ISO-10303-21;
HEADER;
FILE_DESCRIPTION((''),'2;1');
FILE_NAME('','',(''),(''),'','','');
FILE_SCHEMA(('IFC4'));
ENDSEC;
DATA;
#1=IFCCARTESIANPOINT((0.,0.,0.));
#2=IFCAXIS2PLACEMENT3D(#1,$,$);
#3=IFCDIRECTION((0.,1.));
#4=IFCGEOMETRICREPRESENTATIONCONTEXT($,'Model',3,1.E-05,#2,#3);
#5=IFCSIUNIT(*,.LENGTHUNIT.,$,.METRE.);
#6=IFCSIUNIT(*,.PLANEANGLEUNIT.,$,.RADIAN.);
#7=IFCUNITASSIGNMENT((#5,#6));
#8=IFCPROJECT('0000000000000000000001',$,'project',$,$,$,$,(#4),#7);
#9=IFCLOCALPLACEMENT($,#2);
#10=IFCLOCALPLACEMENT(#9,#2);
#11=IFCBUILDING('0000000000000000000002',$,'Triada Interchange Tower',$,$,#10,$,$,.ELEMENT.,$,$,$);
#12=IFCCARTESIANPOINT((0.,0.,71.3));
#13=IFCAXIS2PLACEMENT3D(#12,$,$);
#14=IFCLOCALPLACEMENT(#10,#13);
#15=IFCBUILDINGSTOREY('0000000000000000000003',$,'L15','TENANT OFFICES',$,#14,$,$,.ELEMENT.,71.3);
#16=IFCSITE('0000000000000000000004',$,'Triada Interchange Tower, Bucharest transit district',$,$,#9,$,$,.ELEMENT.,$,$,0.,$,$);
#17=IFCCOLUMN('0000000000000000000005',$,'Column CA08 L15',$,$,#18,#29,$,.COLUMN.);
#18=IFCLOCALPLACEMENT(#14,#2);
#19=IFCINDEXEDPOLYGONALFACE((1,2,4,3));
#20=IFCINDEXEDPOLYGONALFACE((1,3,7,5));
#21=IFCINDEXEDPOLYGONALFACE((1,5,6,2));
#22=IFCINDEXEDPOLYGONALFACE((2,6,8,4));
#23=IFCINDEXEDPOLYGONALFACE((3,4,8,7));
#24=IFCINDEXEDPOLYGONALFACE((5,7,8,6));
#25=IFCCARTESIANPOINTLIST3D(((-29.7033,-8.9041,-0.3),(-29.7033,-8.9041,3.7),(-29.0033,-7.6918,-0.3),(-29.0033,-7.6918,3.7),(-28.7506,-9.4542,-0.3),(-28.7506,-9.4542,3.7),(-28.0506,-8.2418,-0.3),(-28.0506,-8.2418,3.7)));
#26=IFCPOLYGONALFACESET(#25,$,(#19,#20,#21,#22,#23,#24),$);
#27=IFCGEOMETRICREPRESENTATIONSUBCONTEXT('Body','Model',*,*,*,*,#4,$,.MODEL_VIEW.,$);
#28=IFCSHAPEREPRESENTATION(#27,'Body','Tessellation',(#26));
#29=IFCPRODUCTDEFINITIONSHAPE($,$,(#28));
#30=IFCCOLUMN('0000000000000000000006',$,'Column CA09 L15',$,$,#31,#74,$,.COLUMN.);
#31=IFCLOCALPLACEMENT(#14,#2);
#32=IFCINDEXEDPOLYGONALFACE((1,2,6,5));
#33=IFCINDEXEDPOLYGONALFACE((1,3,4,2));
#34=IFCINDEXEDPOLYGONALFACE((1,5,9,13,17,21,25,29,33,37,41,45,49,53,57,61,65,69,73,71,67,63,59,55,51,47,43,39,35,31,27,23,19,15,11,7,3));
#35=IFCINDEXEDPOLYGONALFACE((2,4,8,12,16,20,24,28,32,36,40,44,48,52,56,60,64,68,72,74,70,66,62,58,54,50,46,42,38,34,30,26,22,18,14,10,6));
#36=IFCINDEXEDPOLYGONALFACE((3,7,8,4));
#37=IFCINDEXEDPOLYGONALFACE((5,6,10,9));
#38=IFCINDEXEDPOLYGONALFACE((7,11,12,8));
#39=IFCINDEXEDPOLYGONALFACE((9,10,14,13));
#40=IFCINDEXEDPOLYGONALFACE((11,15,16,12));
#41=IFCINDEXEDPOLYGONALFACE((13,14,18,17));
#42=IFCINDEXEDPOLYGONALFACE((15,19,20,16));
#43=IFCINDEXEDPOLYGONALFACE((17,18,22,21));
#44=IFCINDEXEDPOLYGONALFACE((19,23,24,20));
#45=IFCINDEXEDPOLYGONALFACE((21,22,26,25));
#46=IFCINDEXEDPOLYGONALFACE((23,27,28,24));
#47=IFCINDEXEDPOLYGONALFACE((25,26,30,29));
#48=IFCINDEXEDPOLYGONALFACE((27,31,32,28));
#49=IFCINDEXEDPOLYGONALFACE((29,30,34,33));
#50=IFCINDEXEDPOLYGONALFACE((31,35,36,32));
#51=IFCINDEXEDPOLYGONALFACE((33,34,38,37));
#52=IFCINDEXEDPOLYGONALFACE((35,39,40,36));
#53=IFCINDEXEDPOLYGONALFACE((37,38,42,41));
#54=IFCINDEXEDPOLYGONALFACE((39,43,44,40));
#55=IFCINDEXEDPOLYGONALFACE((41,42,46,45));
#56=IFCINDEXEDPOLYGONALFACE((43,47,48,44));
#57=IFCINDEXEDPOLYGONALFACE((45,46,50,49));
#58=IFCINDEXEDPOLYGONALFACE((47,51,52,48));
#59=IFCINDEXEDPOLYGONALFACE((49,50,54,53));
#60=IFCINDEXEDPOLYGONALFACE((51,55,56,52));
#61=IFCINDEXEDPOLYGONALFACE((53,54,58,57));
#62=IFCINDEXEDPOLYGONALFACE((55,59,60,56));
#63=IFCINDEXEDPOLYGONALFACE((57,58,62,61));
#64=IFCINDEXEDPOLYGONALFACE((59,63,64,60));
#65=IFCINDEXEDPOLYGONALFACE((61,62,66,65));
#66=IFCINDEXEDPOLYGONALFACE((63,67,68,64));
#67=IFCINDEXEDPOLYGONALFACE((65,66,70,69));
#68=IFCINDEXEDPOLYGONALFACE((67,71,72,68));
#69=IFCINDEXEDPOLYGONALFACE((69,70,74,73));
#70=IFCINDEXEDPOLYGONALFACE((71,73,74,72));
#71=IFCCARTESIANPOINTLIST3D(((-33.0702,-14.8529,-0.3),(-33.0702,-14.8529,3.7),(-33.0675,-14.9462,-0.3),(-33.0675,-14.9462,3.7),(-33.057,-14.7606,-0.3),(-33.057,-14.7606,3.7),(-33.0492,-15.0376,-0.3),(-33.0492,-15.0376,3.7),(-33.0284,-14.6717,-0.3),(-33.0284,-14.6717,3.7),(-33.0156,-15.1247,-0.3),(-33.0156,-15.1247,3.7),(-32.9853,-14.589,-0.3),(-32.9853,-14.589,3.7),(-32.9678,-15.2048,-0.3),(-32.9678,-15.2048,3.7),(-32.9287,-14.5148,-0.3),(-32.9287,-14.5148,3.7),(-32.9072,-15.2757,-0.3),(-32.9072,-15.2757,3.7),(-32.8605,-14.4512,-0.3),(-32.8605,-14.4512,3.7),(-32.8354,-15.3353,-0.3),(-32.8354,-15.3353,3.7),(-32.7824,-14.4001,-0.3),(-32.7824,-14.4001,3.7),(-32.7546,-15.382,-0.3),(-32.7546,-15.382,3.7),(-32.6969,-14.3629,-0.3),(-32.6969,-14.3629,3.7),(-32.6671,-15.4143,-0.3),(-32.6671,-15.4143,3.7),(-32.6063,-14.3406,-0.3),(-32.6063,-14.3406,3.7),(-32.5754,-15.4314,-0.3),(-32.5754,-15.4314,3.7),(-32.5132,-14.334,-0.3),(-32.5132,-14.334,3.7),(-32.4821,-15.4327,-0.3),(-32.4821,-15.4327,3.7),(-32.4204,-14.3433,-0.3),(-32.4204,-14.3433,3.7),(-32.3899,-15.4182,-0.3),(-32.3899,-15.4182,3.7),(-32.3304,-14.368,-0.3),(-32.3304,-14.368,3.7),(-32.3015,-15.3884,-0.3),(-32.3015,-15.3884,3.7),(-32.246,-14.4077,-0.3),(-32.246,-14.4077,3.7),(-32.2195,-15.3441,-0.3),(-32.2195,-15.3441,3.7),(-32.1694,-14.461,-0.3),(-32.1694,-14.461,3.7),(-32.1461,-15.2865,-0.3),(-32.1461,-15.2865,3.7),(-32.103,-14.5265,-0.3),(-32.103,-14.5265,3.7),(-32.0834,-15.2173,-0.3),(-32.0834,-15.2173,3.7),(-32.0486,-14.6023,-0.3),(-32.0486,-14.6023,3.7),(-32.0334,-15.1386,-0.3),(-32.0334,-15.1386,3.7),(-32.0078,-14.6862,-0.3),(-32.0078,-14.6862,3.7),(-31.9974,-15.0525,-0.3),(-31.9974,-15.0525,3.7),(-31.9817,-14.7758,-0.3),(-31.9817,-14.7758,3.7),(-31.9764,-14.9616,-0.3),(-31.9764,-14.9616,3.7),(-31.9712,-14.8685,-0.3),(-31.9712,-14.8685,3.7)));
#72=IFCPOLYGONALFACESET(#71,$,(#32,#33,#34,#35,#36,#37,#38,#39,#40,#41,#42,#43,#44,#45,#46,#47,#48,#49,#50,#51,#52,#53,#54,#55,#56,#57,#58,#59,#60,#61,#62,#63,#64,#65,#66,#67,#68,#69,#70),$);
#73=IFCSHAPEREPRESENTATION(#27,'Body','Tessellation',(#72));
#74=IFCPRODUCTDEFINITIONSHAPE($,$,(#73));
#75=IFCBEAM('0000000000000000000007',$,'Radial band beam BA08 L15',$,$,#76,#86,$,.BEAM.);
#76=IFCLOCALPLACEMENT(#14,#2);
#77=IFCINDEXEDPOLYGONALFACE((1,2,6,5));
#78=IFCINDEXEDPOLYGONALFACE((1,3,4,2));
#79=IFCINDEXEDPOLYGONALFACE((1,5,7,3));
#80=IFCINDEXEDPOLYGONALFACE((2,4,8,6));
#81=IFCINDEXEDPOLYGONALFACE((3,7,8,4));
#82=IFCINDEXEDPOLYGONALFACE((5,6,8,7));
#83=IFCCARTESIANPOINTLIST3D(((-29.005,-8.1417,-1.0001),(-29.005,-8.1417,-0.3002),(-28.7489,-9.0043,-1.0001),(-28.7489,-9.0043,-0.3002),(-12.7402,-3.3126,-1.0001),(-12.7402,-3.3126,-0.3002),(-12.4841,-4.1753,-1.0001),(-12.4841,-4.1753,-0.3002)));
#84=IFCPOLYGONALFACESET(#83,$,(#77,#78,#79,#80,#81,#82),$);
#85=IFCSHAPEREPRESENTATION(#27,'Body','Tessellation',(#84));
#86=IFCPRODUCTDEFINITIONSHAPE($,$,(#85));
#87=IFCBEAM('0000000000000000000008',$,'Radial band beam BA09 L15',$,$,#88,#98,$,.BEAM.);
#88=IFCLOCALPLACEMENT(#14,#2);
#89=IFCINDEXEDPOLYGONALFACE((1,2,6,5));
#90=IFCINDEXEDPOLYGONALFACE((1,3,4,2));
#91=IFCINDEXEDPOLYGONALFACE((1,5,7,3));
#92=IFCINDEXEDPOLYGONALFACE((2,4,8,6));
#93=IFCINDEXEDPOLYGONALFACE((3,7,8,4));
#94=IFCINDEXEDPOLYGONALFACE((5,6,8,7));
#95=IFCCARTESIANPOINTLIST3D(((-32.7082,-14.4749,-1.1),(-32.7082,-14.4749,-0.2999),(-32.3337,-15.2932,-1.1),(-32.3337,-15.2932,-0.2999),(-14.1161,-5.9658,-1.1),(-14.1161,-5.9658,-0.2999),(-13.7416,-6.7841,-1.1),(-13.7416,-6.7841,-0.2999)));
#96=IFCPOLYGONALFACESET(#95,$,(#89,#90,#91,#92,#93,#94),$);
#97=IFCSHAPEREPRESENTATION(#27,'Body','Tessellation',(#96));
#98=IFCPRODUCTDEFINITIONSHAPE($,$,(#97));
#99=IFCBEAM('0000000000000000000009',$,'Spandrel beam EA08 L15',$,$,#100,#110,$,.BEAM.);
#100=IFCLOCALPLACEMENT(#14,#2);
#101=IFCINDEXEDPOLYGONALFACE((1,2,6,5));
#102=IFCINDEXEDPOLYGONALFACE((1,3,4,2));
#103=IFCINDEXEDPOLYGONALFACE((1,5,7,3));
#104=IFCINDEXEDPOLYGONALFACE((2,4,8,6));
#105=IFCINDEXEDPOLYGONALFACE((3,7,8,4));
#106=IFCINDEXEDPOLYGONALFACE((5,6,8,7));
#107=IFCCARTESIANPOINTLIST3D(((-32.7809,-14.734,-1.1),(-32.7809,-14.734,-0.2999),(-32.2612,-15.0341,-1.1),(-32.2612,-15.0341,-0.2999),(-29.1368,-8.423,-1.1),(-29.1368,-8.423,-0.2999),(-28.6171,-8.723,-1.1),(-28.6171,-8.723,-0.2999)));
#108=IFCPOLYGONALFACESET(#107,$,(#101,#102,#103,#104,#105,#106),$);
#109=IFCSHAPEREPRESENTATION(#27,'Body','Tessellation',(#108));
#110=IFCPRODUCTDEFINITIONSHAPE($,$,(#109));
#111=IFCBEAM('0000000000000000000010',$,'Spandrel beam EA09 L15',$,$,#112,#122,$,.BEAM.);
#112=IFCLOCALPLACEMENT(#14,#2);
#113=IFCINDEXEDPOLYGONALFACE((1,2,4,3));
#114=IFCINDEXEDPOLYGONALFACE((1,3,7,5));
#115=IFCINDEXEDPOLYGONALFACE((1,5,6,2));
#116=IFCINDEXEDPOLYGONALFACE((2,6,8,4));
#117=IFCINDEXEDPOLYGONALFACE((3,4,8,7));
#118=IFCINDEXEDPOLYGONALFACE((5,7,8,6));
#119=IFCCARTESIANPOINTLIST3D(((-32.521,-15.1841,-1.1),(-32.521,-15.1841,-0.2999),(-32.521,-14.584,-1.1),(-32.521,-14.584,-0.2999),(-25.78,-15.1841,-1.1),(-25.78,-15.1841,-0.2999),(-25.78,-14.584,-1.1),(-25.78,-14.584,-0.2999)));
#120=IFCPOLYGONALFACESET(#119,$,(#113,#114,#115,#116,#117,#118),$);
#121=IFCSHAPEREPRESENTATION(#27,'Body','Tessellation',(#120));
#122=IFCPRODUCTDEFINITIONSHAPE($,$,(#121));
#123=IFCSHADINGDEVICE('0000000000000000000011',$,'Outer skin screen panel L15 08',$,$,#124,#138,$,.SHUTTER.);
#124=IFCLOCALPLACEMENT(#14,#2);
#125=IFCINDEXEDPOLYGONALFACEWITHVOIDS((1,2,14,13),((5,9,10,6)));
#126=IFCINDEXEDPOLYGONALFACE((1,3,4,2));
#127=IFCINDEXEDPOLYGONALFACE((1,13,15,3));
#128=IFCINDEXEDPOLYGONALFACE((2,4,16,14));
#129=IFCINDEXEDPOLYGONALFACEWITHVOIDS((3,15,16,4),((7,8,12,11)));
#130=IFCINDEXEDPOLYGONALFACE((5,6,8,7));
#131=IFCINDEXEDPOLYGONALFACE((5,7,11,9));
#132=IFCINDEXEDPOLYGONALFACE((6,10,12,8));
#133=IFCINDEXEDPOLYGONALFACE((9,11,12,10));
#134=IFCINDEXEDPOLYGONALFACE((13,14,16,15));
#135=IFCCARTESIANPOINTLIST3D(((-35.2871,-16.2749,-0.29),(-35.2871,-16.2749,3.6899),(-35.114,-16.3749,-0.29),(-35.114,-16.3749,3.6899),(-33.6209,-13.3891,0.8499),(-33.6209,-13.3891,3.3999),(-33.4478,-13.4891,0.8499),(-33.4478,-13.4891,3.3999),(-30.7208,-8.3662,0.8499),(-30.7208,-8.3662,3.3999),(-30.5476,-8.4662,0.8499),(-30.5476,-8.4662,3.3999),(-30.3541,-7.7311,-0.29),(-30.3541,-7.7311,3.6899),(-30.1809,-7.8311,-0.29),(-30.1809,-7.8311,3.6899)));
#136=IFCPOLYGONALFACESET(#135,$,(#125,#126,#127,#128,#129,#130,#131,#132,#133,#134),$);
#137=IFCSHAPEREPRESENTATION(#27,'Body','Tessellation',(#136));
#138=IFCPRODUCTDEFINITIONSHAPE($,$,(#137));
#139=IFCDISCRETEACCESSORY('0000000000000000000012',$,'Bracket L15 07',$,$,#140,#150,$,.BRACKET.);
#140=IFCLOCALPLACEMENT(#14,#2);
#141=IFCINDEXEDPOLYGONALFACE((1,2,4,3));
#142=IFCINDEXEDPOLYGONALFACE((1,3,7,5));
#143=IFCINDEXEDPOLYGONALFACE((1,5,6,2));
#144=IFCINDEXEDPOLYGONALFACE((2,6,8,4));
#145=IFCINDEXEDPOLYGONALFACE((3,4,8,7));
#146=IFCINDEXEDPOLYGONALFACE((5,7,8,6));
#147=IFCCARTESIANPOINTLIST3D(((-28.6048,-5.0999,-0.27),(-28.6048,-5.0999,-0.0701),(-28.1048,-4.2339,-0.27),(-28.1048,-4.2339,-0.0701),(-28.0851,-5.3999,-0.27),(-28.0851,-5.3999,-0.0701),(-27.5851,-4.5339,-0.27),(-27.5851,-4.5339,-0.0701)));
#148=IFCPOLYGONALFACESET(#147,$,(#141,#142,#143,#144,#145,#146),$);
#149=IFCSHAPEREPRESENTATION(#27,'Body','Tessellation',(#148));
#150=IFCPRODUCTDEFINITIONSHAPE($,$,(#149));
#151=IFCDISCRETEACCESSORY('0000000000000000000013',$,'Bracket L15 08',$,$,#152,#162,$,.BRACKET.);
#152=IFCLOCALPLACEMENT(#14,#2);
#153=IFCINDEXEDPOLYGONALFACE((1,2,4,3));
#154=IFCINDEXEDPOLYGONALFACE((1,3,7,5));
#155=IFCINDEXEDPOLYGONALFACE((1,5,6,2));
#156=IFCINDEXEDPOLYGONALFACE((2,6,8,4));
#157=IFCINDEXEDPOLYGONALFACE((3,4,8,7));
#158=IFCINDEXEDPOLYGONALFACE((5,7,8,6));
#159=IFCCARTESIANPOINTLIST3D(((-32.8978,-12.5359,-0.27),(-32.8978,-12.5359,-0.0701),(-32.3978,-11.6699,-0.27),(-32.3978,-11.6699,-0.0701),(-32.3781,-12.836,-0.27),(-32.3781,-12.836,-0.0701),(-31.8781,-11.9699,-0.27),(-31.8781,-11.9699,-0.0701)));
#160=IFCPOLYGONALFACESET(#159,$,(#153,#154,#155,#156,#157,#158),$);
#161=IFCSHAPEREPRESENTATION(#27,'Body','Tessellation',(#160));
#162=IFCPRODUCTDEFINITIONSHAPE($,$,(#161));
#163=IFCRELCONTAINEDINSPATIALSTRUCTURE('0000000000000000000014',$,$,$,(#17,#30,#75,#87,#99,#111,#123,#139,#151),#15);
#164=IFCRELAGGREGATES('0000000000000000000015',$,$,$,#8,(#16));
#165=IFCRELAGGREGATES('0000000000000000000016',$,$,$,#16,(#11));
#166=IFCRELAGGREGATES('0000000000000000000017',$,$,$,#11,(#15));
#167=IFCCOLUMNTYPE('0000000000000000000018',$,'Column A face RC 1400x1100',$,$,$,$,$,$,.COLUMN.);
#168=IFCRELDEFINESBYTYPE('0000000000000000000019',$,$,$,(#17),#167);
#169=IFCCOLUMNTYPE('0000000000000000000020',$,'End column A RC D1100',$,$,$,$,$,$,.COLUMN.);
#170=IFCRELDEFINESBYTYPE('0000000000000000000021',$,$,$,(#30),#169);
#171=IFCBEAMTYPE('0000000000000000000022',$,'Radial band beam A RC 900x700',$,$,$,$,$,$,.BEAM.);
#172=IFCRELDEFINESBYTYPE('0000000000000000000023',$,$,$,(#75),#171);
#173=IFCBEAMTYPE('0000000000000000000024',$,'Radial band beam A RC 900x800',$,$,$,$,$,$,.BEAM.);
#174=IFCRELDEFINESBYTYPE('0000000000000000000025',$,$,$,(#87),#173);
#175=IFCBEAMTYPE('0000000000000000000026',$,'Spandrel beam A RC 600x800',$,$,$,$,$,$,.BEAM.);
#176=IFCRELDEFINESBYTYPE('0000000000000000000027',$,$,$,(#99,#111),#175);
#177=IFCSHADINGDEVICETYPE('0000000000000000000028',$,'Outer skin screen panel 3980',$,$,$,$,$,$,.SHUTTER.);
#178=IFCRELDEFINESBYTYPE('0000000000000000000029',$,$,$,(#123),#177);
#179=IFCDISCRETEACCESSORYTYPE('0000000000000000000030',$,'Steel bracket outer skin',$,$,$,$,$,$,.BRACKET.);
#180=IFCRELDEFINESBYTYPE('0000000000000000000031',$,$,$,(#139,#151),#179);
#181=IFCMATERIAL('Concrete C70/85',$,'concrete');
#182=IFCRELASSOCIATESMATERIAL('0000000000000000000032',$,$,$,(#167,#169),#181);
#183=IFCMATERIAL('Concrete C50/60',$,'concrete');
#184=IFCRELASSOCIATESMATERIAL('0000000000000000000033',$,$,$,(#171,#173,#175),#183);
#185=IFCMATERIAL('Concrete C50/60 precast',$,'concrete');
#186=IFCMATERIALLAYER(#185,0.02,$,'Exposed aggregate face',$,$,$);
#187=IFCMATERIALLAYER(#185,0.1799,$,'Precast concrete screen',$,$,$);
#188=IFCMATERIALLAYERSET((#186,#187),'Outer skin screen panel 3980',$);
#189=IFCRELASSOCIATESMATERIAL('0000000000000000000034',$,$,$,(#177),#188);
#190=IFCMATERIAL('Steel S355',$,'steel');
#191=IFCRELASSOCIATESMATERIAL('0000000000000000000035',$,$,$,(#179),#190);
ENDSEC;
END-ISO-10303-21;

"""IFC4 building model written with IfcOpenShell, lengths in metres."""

from ifc_helpers import new_model, si_unit, direction, frame, origin, origin_2d, place, context, subcontext, project, spatial, polyline, rectangle, circle, outline, extrude, material, layer, layer_set, material_profile, profile_set, type_object, element, save


model = new_model("IFC4")

# Units and contexts
model_context = context("Model", 3, precision=1e-05, world=origin(), true_north=direction((0.0, 1.0)))
body_context = subcontext(model_context, "Body", "Model", "MODEL_VIEW")
ifc_project = project(units=[si_unit("LENGTHUNIT", "METRE"), si_unit("PLANEANGLEUNIT", "RADIAN")], contexts=[model_context])

# Site, building, storey
site_placement = place(None, origin())
site = spatial("IfcSite", under=ifc_project, at=site_placement, Name="Triada Interchange Tower, Bucharest transit district", CompositionType="ELEMENT", RefElevation=0.0)
building_placement = place(site_placement, origin())
building = spatial("IfcBuilding", under=site, at=building_placement, Name="Triada Interchange Tower", CompositionType="ELEMENT")
storey_placement = place(building_placement, frame((0.0, 0.0, 71.3)))
storey = spatial("IfcBuildingStorey", under=building, at=storey_placement, Name="L15", Description="TENANT OFFICES", CompositionType="ELEMENT", Elevation=71.3)

# Columns
ifc_material_1 = material(Name="Concrete C70/85", Category="concrete")
ifc_material_profile_1 = material_profile(ifc_material_1, rectangle(XDim=1.3999, YDim=1.1001, at=origin_2d()), Name="RC 1400x1100")
ifc_profile_set_1 = profile_set([ifc_material_profile_1], Name="Concrete C70/85")
column_type_1 = type_object("IfcColumnType", Name="Column A face RC 1400x1100", PredefinedType="COLUMN", material=ifc_profile_set_1)
column_1_placement = place(storey_placement, frame((-28.877, -8.573, -0.3), z_axis=(0.0, 0.0, 1.0), x_axis=(0.5, 0.866025, 0.0)))
element("IfcColumn", 1, at=column_1_placement, inside=storey, type_object=column_type_1, Name="Column CA08 L15", PredefinedType="COLUMN", context=body_context, shape_type="SweptSolid", body=[
    extrude(rectangle(XDim=1.3999, YDim=1.1001, at=origin_2d()), origin(), (0.0, 0.0, 1.0), 4.0),
])
ifc_material_profile_2 = material_profile(ifc_material_1, circle(Radius=0.55, at=origin_2d()), Name="RC D1100")
ifc_profile_set_2 = profile_set([ifc_material_profile_2], Name="Concrete C70/85")
column_type_2 = type_object("IfcColumnType", Name="End column A RC D1100", PredefinedType="COLUMN", material=ifc_profile_set_2)
column_2_placement = place(storey_placement, frame((-32.521, -14.884, -0.3), z_axis=(0.0, 0.0, 1.0), x_axis=(0.5, 0.866025, 0.0)))
element("IfcColumn", 2, at=column_2_placement, inside=storey, type_object=column_type_2, Name="Column CA09 L15", PredefinedType="COLUMN", context=body_context, shape_type="SweptSolid", body=[
    extrude(circle(Radius=0.55, at=origin_2d()), origin(), (0.0, 0.0, 1.0), 4.0),
])

# Beams
ifc_material_2 = material(Name="Concrete C50/60", Category="concrete")
ifc_material_profile_3 = material_profile(ifc_material_2, rectangle(XDim=0.8999, YDim=0.7, at=origin_2d()), Name="RC 900x700")
ifc_profile_set_3 = profile_set([ifc_material_profile_3], Name="Concrete C50/60")
beam_type_1 = type_object("IfcBeamType", Name="Radial band beam A RC 900x700", PredefinedType="BEAM", material=ifc_profile_set_3)
beam_1_placement = place(storey_placement, frame((-28.877, -8.573, -0.6501), z_axis=(0.958639, 0.284623, 0.0), x_axis=(-0.284623, 0.958639, 0.0)))
element("IfcBeam", 3, at=beam_1_placement, inside=storey, type_object=beam_type_1, Name="Radial band beam BA08 L15", PredefinedType="BEAM", context=body_context, shape_type="SweptSolid", body=[
    extrude(rectangle(XDim=0.8999, YDim=0.7, at=origin_2d()), origin(), (0.0, 0.0, 1.0), 16.9666),
])
ifc_material_profile_4 = material_profile(ifc_material_2, rectangle(XDim=0.8999, YDim=0.8, at=origin_2d()), Name="RC 900x800")
ifc_profile_set_4 = profile_set([ifc_material_profile_4], Name="Concrete C50/60")
beam_type_2 = type_object("IfcBeamType", Name="Radial band beam A RC 900x800", PredefinedType="BEAM", material=ifc_profile_set_4)
beam_2_placement = place(storey_placement, frame((-32.521, -14.884, -0.7), z_axis=(0.909293, 0.416157, 0.0), x_axis=(-0.416157, 0.909293, 0.0)))
element("IfcBeam", 4, at=beam_2_placement, inside=storey, type_object=beam_type_2, Name="Radial band beam BA09 L15", PredefinedType="BEAM", context=body_context, shape_type="SweptSolid", body=[
    extrude(rectangle(XDim=0.8999, YDim=0.8, at=origin_2d()), origin(), (0.0, 0.0, 1.0), 20.4468),
])
ifc_material_profile_5 = material_profile(ifc_material_2, rectangle(XDim=0.6001, YDim=0.8, at=origin_2d()), Name="RC 600x800")
ifc_profile_set_5 = profile_set([ifc_material_profile_5], Name="Concrete C50/60")
beam_type_3 = type_object("IfcBeamType", Name="Spandrel beam A RC 600x800", PredefinedType="BEAM", material=ifc_profile_set_5)
beam_3_placement = place(storey_placement, frame((-28.877, -8.573, -0.7), z_axis=(-0.500038, -0.866004, 0.0), x_axis=(0.866004, -0.500038, 0.0)))
element("IfcBeam", 5, at=beam_3_placement, inside=storey, type_object=beam_type_3, Name="Spandrel beam EA08 L15", PredefinedType="BEAM", context=body_context, shape_type="SweptSolid", body=[
    extrude(rectangle(XDim=0.6001, YDim=0.8, at=origin_2d()), origin(), (0.0, 0.0, 1.0), 7.2876),
])
beam_4_placement = place(storey_placement, frame((-32.521, -14.884, -0.7), z_axis=(1.0, 0.0, 0.0), x_axis=(0.0, 1.0, 0.0)))
element("IfcBeam", 6, at=beam_4_placement, inside=storey, type_object=beam_type_3, Name="Spandrel beam EA09 L15", PredefinedType="BEAM", context=body_context, shape_type="SweptSolid", body=[
    extrude(rectangle(XDim=0.6001, YDim=0.8, at=origin_2d()), origin(), (0.0, 0.0, 1.0), 6.741),
])

# Shading device
ifc_material_3 = material(Name="Concrete C50/60 precast", Category="concrete")
ifc_layer_1 = layer(ifc_material_3, 0.02, Name="Exposed aggregate face")
ifc_layer_2 = layer(ifc_material_3, 0.1799, Name="Precast concrete screen")
ifc_layer_set = layer_set([ifc_layer_1, ifc_layer_2], Name="Outer skin screen panel 3980")
shading_device_type = type_object("IfcShadingDeviceType", Name="Outer skin screen panel 3980", PredefinedType="SHUTTER", material=ifc_layer_set)
shading_device_placement = place(storey_placement, frame((-30.1809, -7.8311, -0.29), z_axis=(0.0, 0.0, 1.0), x_axis=(-0.500019, -0.866014, 0.0)))
element("IfcShadingDevice", 7, at=shading_device_placement, inside=storey, type_object=shading_device_type, Name="Outer skin screen panel L15 08", PredefinedType="SHUTTER", context=body_context, shape_type="SweptSolid", body=[
    extrude(outline(polyline([(0.0, 0.0), (9.8657, 0.0), (9.8657, 3.98), (0.0, 3.98), (0.0, 0.0)]), holes=[polyline([(0.7334, 1.1399), (0.7334, 3.6899), (6.5334, 3.6899), (6.5334, 1.1399), (0.7334, 1.1399)])]), frame((0.0, 0.0, 0.0), z_axis=(0.0, -1.0, 0.0), x_axis=(1.0, 0.0, 0.0)), (0.0, 0.0, 1.0), 0.2),
])

# Discrete accessories
ifc_material_4 = material(Name="Steel S355", Category="steel")
discrete_accessory_type = type_object("IfcDiscreteAccessoryType", Name="Steel bracket outer skin", PredefinedType="BRACKET", material=ifc_material_4)
for number, where, z_axis, x_axis, name in (
    (8, (-28.095, -4.8169, -0.27), (0.0, 0.0, 1.0), (-0.866027, 0.499997, 0.0), "Bracket L15 07"),
    (9, (-32.3879, -12.2529, -0.27), (0.0, 0.0, 1.0), (-0.866027, 0.499997, 0.0), "Bracket L15 08"),
):
    element("IfcDiscreteAccessory", number, at=place(storey_placement, frame(where, z_axis=z_axis, x_axis=x_axis)), inside=storey, type_object=discrete_accessory_type, Name=name, PredefinedType="BRACKET", context=body_context, shape_type="SweptSolid", body=[
        extrude(rectangle(XDim=0.6001, YDim=1.0, at=origin_2d()), origin(), (0.0, 0.0, 1.0), 0.2),
    ])

save(model, "model.ifc")
